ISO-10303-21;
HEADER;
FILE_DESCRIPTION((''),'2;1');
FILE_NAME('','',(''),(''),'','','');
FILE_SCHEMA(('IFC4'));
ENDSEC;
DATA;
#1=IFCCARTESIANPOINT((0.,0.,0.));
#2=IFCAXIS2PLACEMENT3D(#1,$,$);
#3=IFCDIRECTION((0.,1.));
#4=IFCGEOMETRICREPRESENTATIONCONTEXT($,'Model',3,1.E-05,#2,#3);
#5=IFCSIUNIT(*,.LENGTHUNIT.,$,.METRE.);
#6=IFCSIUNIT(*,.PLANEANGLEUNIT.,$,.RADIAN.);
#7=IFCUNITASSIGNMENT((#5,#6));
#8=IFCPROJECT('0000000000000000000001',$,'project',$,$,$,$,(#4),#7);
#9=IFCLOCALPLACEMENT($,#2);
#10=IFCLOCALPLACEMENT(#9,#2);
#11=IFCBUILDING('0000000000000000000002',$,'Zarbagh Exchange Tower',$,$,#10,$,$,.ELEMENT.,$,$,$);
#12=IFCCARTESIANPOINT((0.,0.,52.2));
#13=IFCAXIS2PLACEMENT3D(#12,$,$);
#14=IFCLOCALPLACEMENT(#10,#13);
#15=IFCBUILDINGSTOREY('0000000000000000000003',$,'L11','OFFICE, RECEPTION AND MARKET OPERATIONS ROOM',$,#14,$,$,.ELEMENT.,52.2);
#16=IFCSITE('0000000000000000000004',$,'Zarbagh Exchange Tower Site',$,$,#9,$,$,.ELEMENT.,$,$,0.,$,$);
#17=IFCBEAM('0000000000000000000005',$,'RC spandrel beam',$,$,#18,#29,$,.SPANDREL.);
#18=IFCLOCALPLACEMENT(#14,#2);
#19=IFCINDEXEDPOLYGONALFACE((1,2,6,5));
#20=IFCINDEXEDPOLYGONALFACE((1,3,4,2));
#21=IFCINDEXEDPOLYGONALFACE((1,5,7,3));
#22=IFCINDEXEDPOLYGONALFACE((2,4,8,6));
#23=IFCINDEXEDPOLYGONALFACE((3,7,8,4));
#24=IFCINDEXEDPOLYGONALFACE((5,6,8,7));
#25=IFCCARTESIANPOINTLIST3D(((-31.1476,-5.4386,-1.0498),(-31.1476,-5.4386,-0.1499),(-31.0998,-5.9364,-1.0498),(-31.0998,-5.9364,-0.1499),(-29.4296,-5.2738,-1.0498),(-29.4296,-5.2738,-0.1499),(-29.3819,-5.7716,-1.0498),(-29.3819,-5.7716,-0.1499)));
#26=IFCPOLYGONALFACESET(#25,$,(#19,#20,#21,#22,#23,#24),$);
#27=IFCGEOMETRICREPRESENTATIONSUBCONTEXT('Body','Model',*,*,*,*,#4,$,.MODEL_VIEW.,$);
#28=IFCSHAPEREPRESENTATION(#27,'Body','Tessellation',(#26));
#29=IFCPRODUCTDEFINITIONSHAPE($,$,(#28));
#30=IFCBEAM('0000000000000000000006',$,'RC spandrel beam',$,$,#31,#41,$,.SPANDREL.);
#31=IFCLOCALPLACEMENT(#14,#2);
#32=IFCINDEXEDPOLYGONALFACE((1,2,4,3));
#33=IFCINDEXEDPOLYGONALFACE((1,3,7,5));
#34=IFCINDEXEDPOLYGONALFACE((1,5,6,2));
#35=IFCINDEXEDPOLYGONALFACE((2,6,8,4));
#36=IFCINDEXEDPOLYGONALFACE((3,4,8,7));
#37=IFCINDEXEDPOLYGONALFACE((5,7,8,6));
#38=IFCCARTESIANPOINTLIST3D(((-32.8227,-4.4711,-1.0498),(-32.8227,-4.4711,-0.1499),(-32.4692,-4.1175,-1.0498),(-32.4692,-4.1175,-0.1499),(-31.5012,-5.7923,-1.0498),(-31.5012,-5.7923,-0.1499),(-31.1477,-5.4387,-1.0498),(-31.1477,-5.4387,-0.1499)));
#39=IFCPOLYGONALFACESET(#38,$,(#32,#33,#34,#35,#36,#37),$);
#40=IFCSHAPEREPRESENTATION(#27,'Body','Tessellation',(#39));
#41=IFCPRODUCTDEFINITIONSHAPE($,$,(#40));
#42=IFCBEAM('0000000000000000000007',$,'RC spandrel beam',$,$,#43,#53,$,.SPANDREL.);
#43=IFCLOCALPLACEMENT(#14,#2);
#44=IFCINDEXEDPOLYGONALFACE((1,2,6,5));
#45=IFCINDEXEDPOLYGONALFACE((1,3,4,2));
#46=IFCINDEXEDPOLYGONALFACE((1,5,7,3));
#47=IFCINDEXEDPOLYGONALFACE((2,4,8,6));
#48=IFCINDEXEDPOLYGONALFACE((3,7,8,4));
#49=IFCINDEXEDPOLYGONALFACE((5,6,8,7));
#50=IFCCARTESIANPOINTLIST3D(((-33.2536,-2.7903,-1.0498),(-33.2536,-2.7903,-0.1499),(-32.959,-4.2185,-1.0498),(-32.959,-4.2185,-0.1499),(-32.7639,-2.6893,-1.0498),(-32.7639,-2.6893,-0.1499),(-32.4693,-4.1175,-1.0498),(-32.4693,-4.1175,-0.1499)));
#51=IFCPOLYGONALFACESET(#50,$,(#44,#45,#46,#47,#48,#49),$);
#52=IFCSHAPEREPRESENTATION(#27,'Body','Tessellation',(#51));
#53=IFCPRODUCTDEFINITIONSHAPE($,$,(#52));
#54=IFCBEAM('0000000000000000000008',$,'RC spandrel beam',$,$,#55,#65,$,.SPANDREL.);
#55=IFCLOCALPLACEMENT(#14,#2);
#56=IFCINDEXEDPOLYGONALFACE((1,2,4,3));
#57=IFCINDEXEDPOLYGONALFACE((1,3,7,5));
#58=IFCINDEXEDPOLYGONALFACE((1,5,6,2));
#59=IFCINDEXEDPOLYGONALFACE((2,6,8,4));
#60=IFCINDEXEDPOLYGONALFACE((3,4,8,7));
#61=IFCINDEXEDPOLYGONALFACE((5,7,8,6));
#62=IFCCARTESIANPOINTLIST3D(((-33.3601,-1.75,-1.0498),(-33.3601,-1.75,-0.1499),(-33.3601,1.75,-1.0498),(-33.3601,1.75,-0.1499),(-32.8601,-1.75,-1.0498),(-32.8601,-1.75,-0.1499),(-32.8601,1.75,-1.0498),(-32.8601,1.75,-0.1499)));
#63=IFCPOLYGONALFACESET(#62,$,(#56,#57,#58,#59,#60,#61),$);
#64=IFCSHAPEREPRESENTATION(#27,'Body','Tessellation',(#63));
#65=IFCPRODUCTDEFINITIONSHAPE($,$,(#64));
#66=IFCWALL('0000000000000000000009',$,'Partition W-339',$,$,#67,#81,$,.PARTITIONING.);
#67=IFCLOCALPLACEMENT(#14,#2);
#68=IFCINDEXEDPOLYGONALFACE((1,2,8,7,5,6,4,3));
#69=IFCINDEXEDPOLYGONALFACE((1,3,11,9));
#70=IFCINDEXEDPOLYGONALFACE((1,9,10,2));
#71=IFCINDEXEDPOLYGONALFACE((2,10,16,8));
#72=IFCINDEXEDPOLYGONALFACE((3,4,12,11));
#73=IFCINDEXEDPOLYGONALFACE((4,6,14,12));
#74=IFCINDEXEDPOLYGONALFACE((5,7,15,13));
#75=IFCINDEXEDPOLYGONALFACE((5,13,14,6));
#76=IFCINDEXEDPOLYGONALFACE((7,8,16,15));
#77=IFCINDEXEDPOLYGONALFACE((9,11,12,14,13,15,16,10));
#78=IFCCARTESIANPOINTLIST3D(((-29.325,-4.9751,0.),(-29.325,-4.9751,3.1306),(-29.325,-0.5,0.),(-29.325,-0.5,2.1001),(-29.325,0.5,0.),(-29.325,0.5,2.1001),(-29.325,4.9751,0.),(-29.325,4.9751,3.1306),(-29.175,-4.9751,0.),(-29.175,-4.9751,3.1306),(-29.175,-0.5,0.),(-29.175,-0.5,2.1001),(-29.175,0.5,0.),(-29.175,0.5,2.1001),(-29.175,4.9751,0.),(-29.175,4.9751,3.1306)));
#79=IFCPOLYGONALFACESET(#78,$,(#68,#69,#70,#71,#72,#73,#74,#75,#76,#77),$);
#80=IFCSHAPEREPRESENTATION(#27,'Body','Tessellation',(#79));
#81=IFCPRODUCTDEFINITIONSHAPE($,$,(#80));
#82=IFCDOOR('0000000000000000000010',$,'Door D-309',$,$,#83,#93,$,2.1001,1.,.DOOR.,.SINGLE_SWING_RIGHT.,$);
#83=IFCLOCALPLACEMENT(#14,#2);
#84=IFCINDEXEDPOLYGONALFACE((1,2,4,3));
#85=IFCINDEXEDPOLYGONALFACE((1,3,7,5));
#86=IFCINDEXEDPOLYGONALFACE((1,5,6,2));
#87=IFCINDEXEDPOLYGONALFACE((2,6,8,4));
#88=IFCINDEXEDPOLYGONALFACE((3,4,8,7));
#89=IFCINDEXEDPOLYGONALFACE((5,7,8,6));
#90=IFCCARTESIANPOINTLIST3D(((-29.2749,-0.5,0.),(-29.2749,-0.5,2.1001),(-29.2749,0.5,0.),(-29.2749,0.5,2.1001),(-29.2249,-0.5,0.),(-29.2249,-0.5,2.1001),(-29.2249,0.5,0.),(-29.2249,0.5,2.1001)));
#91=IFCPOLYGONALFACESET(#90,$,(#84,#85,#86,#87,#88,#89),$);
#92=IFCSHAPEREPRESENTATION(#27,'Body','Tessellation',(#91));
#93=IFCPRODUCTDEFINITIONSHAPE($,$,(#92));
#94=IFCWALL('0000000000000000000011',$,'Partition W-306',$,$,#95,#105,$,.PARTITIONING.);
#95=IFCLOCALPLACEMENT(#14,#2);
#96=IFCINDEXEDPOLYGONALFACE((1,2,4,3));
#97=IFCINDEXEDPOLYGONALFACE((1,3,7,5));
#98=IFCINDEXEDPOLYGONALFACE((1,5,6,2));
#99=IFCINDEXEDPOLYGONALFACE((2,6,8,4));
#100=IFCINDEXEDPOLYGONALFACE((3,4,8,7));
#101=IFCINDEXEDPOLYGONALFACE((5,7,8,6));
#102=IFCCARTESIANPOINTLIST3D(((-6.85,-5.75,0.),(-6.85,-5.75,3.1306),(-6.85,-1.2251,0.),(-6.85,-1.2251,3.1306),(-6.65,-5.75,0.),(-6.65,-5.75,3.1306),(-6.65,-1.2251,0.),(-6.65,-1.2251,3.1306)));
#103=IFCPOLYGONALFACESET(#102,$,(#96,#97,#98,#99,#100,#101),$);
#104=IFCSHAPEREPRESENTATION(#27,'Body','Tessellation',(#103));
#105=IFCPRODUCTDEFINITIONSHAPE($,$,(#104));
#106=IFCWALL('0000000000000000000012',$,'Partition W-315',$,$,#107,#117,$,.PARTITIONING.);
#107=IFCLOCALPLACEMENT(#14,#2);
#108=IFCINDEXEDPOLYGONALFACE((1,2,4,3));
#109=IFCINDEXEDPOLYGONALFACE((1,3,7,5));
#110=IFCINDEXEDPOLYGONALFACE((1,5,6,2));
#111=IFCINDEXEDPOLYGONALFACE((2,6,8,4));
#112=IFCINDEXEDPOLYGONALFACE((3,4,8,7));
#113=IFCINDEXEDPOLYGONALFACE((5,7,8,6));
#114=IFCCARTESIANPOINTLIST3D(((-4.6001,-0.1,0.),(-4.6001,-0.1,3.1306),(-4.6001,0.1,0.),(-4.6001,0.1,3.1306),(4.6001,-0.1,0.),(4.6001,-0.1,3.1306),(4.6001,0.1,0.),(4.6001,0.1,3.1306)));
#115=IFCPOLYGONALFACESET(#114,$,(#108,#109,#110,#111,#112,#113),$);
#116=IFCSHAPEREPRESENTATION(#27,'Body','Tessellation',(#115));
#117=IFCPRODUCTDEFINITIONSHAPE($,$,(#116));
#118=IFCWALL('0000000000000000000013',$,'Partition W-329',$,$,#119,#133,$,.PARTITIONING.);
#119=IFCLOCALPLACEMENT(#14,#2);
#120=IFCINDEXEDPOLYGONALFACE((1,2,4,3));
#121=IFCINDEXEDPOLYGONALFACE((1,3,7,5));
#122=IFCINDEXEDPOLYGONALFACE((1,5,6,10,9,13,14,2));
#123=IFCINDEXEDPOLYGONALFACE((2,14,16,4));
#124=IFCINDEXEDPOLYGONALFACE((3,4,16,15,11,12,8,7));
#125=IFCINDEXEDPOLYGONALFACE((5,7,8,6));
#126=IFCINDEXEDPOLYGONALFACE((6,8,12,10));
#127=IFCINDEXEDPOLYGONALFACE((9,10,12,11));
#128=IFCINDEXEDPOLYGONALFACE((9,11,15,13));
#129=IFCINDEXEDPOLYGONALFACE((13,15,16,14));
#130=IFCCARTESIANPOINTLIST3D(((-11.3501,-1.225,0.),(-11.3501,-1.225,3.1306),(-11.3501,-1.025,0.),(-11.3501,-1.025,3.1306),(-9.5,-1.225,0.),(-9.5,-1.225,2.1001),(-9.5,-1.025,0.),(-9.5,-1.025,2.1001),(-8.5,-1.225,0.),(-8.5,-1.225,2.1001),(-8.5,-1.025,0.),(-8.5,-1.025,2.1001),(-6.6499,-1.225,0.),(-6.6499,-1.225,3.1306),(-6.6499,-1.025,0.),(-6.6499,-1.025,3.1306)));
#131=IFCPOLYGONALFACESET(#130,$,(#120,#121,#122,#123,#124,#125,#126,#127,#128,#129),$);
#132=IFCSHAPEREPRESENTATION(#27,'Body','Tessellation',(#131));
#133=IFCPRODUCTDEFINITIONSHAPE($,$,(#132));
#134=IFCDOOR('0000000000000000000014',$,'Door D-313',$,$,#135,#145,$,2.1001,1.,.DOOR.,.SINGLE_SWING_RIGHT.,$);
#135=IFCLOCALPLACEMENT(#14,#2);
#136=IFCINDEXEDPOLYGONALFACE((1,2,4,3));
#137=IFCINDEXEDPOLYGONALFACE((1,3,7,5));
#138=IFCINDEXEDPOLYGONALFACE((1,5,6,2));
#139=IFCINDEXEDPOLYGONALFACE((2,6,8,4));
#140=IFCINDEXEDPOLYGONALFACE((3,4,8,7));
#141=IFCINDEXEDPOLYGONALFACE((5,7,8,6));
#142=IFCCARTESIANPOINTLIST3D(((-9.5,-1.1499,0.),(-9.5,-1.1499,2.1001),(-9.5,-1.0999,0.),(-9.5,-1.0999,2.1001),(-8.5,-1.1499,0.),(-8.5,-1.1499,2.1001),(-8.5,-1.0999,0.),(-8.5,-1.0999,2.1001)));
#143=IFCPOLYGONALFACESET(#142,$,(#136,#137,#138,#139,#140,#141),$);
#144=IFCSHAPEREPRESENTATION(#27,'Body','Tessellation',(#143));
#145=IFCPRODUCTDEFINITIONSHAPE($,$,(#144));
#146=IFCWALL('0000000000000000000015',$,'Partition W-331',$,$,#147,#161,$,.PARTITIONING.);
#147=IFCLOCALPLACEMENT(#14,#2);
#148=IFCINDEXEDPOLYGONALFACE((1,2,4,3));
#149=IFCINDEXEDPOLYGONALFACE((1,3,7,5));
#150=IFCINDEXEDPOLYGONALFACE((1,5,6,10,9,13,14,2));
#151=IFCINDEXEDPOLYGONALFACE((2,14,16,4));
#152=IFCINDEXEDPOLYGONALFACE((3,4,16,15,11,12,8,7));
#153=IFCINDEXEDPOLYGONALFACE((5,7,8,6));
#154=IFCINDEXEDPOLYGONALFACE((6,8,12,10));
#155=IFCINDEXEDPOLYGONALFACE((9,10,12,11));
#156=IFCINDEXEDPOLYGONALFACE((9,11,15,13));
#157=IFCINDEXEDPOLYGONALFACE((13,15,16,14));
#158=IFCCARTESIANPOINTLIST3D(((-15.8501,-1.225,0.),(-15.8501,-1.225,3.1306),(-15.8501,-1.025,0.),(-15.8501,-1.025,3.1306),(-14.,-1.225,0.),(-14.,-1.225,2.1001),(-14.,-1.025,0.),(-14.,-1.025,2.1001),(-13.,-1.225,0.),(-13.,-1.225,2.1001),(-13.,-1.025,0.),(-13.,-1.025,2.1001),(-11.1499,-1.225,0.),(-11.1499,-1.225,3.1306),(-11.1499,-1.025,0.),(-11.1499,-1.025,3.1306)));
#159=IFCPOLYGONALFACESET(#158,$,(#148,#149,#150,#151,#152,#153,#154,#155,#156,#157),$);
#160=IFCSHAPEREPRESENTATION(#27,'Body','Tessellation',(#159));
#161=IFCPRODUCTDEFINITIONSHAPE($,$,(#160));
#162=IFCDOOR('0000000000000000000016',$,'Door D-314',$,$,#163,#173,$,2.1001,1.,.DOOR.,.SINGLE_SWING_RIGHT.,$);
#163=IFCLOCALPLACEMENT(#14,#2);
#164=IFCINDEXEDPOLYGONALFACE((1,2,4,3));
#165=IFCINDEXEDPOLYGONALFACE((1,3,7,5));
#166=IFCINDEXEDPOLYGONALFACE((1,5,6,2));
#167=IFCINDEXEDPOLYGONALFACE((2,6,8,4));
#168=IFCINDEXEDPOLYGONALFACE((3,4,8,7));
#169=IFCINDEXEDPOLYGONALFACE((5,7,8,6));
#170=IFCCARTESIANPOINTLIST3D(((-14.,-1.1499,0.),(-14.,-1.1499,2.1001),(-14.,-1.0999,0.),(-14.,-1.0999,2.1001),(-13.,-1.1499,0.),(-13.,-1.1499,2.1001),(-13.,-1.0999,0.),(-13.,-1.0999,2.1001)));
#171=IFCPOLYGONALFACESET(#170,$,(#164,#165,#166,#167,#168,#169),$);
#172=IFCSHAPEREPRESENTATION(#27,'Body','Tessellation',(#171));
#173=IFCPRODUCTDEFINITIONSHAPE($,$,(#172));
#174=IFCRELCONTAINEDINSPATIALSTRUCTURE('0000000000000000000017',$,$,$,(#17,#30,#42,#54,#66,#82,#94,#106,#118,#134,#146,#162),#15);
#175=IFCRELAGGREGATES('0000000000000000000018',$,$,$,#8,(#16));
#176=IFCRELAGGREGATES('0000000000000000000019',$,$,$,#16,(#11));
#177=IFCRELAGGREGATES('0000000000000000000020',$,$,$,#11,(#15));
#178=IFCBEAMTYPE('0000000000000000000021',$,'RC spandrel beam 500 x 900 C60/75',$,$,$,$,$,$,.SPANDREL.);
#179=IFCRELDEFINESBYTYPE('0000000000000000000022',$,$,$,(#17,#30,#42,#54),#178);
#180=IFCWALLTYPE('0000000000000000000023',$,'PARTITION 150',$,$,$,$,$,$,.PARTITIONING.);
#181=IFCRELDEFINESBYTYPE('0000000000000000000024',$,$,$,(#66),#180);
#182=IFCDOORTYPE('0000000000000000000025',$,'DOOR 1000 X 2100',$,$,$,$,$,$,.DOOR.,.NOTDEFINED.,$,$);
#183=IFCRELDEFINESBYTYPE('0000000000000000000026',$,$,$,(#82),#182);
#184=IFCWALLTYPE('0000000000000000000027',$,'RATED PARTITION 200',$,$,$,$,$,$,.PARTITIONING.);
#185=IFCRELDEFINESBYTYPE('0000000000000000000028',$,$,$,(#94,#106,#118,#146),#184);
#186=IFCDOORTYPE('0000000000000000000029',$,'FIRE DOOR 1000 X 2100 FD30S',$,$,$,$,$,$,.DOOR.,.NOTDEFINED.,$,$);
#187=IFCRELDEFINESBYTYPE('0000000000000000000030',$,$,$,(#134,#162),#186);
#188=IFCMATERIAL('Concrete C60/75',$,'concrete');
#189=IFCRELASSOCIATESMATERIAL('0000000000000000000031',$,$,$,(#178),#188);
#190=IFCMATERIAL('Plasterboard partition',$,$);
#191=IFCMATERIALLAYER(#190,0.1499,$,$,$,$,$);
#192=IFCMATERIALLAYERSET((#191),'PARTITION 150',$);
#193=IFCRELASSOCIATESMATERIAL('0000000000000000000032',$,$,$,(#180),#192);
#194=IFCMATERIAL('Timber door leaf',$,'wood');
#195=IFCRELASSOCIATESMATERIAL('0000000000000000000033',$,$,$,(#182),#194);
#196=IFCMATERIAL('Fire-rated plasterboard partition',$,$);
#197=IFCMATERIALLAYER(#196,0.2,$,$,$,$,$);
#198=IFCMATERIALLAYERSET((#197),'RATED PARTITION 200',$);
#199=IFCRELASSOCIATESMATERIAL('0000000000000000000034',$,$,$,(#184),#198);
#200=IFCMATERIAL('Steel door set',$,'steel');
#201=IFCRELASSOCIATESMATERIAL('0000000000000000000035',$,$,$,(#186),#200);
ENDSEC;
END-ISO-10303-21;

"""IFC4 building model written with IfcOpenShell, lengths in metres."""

from ifc_helpers import new_model, si_unit, direction, frame, frame_2d, origin, origin_2d, place, context, subcontext, project, spatial, rectangle, extrude, material, layer, layer_set, material_profile, profile_set, type_object, element, fill, save


model = new_model("IFC4")

# Units and contexts
model_context = context("Model", 3, precision=1e-05, world=origin(), true_north=direction((0.0, 1.0)))
body_context = subcontext(model_context, "Body", "Model", "MODEL_VIEW")
ifc_project = project(units=[si_unit("LENGTHUNIT", "METRE"), si_unit("PLANEANGLEUNIT", "RADIAN")], contexts=[model_context])

# Site, building, storey
site_placement = place(None, origin())
site = spatial("IfcSite", under=ifc_project, at=site_placement, Name="Zarbagh Exchange Tower Site", CompositionType="ELEMENT", RefElevation=0.0)
building_placement = place(site_placement, origin())
building = spatial("IfcBuilding", under=site, at=building_placement, Name="Zarbagh Exchange Tower", CompositionType="ELEMENT")
storey_placement = place(building_placement, frame((0.0, 0.0, 52.2)))
storey = spatial("IfcBuildingStorey", under=building, at=storey_placement, Name="L11", Description="OFFICE, RECEPTION AND MARKET OPERATIONS ROOM", CompositionType="ELEMENT", Elevation=52.2)

# Shared definitions
ifc_material_1 = material(Name="Concrete C60/75", Category="concrete")

# Beams
ifc_material_profile_1 = material_profile(ifc_material_1, rectangle(XDim=0.5, YDim=0.8999, at=origin_2d()), Name="RC spandrel beam 500 x 900 C60/75")
ifc_profile_set_1 = profile_set([ifc_material_profile_1], Name="Concrete C60/75")
beam_type_1 = type_object("IfcBeamType", Name="RC spandrel beam 500 x 900 C60/75", PredefinedType="SPANDREL", material=ifc_profile_set_1)
beam_1_placement = place(storey_placement, frame((-29.4058, -5.5227, -0.5999), z_axis=(-0.995431, -0.095483, 0.0), x_axis=(0.095483, -0.995431, 0.0)))
element("IfcBeam", 1, at=beam_1_placement, inside=storey, type_object=beam_type_1, Name="RC spandrel beam", PredefinedType="SPANDREL", context=body_context, shape_type="SweptSolid", body=[
    extrude(rectangle(XDim=0.5, YDim=0.8999, at=origin_2d()), origin(), (0.0, 0.0, 1.0), 1.7258),
])
beam_2_placement = place(storey_placement, frame((-31.3245, -5.6155, -0.5999), z_axis=(-0.707172, 0.707041, 0.0), x_axis=(-0.707041, -0.707172, 0.0)))
element("IfcBeam", 2, at=beam_2_placement, inside=storey, type_object=beam_type_1, Name="RC spandrel beam", PredefinedType="SPANDREL", context=body_context, shape_type="SweptSolid", body=[
    extrude(rectangle(XDim=0.5, YDim=0.8999, at=origin_2d()), origin(), (0.0, 0.0, 1.0), 1.8687),
])
beam_3_placement = place(storey_placement, frame((-32.7141, -4.168, -0.5999), z_axis=(-0.202069, 0.979371, 0.0), x_axis=(-0.979371, -0.202069, 0.0)))
element("IfcBeam", 3, at=beam_3_placement, inside=storey, type_object=beam_type_1, Name="RC spandrel beam", PredefinedType="SPANDREL", context=body_context, shape_type="SweptSolid", body=[
    extrude(rectangle(XDim=0.5, YDim=0.8999, at=origin_2d()), origin(), (0.0, 0.0, 1.0), 1.4583),
])
beam_4_placement = place(storey_placement, frame((-33.1101, -1.75, -0.5999), z_axis=(0.0, 1.0, 0.0), x_axis=(-1.0, 0.0, 0.0)))
element("IfcBeam", 4, at=beam_4_placement, inside=storey, type_object=beam_type_1, Name="RC spandrel beam", PredefinedType="SPANDREL", context=body_context, shape_type="SweptSolid", body=[
    extrude(rectangle(XDim=0.5, YDim=0.8999, at=origin_2d()), origin(), (0.0, 0.0, 1.0), 3.5),
])

# Wall, opening, door
ifc_material_2 = material(Name="Plasterboard partition")
ifc_layer_1 = layer(ifc_material_2, 0.1499)
ifc_layer_set_1 = layer_set([ifc_layer_1], Name="PARTITION 150")
wall_type_1 = type_object("IfcWallType", Name="PARTITION 150", PredefinedType="PARTITIONING", material=ifc_layer_set_1)
wall_1_placement = place(storey_placement, frame((-29.25, -4.9751, 0.0), z_axis=(0.0, 0.0, 1.0), x_axis=(0.0, 1.0, 0.0)))
wall_1 = element("IfcWall", 5, at=wall_1_placement, inside=storey, type_object=wall_type_1, Name="Partition W-339", PredefinedType="PARTITIONING", context=body_context, shape_type="SweptSolid", body=[
    extrude(rectangle(XDim=9.9502, YDim=0.1499, at=frame_2d((4.9751, 0.0))), origin(), (0.0, 0.0, 1.0), 3.1306),
])
opening_1_placement = place(wall_1_placement, frame((4.4751, 0.0, 0.0)))
opening_1 = element("IfcOpeningElement", 6, at=opening_1_placement, cuts=wall_1, PredefinedType="OPENING", context=body_context, shape_type="SweptSolid", body=[
    extrude(rectangle(XDim=1.0, YDim=2.1001, at=frame_2d((0.5, 1.05))), frame((0.0, 0.085, 0.0), z_axis=(0.0, -1.0, 0.0), x_axis=(1.0, 0.0, 0.0)), (0.0, 0.0, 1.0), 0.1699),
])
ifc_material_3 = material(Name="Timber door leaf", Category="wood")
door_type_1 = type_object("IfcDoorType", Name="DOOR 1000 X 2100", OperationType="NOTDEFINED", PredefinedType="DOOR", material=ifc_material_3)
door_1_placement = place(opening_1_placement, origin())
door_1 = element("IfcDoor", 7, at=door_1_placement, inside=storey, type_object=door_type_1, Name="Door D-309", OperationType="SINGLE_SWING_RIGHT", OverallHeight=2.1001, OverallWidth=1.0, PredefinedType="DOOR", context=body_context, shape_type="SweptSolid", body=[
    extrude(rectangle(XDim=1.0, YDim=2.1001, at=frame_2d((0.5, 1.05))), frame((0.0, 0.0249, 0.0), z_axis=(0.0, -1.0, 0.0), x_axis=(1.0, 0.0, 0.0)), (0.0, 0.0, 1.0), 0.05),
])
fill(opening_1, door_1)

# Walls
ifc_material_4 = material(Name="Fire-rated plasterboard partition")
ifc_layer_2 = layer(ifc_material_4, 0.2)
ifc_layer_set_2 = layer_set([ifc_layer_2], Name="RATED PARTITION 200")
wall_type_2 = type_object("IfcWallType", Name="RATED PARTITION 200", PredefinedType="PARTITIONING", material=ifc_layer_set_2)
wall_2_placement = place(storey_placement, frame((-6.75, -5.75, 0.0), z_axis=(0.0, 0.0, 1.0), x_axis=(0.0, 1.0, 0.0)))
element("IfcWall", 8, at=wall_2_placement, inside=storey, type_object=wall_type_2, Name="Partition W-306", PredefinedType="PARTITIONING", context=body_context, shape_type="SweptSolid", body=[
    extrude(rectangle(XDim=4.5249, YDim=0.2, at=frame_2d((2.2625, 0.0))), origin(), (0.0, 0.0, 1.0), 3.1306),
])
wall_3_placement = place(storey_placement, frame((-4.6001, 0.0, 0.0), z_axis=(0.0, 0.0, 1.0), x_axis=(1.0, 0.0, 0.0)))
element("IfcWall", 9, at=wall_3_placement, inside=storey, type_object=wall_type_2, Name="Partition W-315", PredefinedType="PARTITIONING", context=body_context, shape_type="SweptSolid", body=[
    extrude(rectangle(XDim=9.2002, YDim=0.2, at=frame_2d((4.6001, 0.0))), origin(), (0.0, 0.0, 1.0), 3.1306),
])

# Walls, openings, doors
wall_4_placement = place(storey_placement, frame((-6.6499, -1.125, 0.0), z_axis=(0.0, 0.0, 1.0), x_axis=(-1.0, 0.0, 0.0)))
wall_4 = element("IfcWall", 10, at=wall_4_placement, inside=storey, type_object=wall_type_2, Name="Partition W-329", PredefinedType="PARTITIONING", context=body_context, shape_type="SweptSolid", body=[
    extrude(rectangle(XDim=4.7002, YDim=0.2, at=frame_2d((2.3501, 0.0))), origin(), (0.0, 0.0, 1.0), 3.1306),
])
opening_2_placement = place(wall_4_placement, frame((1.8501, 0.0, 0.0)))
opening_2 = element("IfcOpeningElement", 11, at=opening_2_placement, cuts=wall_4, PredefinedType="OPENING", context=body_context, shape_type="SweptSolid", body=[
    extrude(rectangle(XDim=1.0, YDim=2.1001, at=frame_2d((0.5, 1.05))), frame((0.0, 0.1099, 0.0), z_axis=(0.0, -1.0, 0.0), x_axis=(1.0, 0.0, 0.0)), (0.0, 0.0, 1.0), 0.22),
])
ifc_material_5 = material(Name="Steel door set", Category="steel")
door_type_2 = type_object("IfcDoorType", Name="FIRE DOOR 1000 X 2100 FD30S", OperationType="NOTDEFINED", PredefinedType="DOOR", material=ifc_material_5)
door_2_placement = place(opening_2_placement, origin())
door_2 = element("IfcDoor", 12, at=door_2_placement, inside=storey, type_object=door_type_2, Name="Door D-313", OperationType="SINGLE_SWING_RIGHT", OverallHeight=2.1001, OverallWidth=1.0, PredefinedType="DOOR", context=body_context, shape_type="SweptSolid", body=[
    extrude(rectangle(XDim=1.0, YDim=2.1001, at=frame_2d((0.5, 1.05))), frame((0.0, 0.0249, 0.0), z_axis=(0.0, -1.0, 0.0), x_axis=(1.0, 0.0, 0.0)), (0.0, 0.0, 1.0), 0.05),
])
fill(opening_2, door_2)
wall_5_placement = place(storey_placement, frame((-11.1499, -1.125, 0.0), z_axis=(0.0, 0.0, 1.0), x_axis=(-1.0, 0.0, 0.0)))
wall_5 = element("IfcWall", 13, at=wall_5_placement, inside=storey, type_object=wall_type_2, Name="Partition W-331", PredefinedType="PARTITIONING", context=body_context, shape_type="SweptSolid", body=[
    extrude(rectangle(XDim=4.7002, YDim=0.2, at=frame_2d((2.3501, 0.0))), origin(), (0.0, 0.0, 1.0), 3.1306),
])
opening_3_placement = place(wall_5_placement, frame((1.8501, 0.0, 0.0)))
opening_3 = element("IfcOpeningElement", 14, at=opening_3_placement, cuts=wall_5, PredefinedType="OPENING", context=body_context, shape_type="SweptSolid", body=[
    extrude(rectangle(XDim=1.0, YDim=2.1001, at=frame_2d((0.5, 1.05))), frame((0.0, 0.1099, 0.0), z_axis=(0.0, -1.0, 0.0), x_axis=(1.0, 0.0, 0.0)), (0.0, 0.0, 1.0), 0.22),
])
door_3_placement = place(opening_3_placement, origin())
door_3 = element("IfcDoor", 15, at=door_3_placement, inside=storey, type_object=door_type_2, Name="Door D-314", OperationType="SINGLE_SWING_RIGHT", OverallHeight=2.1001, OverallWidth=1.0, PredefinedType="DOOR", context=body_context, shape_type="SweptSolid", body=[
    extrude(rectangle(XDim=1.0, YDim=2.1001, at=frame_2d((0.5, 1.05))), frame((0.0, 0.0249, 0.0), z_axis=(0.0, -1.0, 0.0), x_axis=(1.0, 0.0, 0.0)), (0.0, 0.0, 1.0), 0.05),
])
fill(opening_3, door_3)

save(model, "model.ifc")
